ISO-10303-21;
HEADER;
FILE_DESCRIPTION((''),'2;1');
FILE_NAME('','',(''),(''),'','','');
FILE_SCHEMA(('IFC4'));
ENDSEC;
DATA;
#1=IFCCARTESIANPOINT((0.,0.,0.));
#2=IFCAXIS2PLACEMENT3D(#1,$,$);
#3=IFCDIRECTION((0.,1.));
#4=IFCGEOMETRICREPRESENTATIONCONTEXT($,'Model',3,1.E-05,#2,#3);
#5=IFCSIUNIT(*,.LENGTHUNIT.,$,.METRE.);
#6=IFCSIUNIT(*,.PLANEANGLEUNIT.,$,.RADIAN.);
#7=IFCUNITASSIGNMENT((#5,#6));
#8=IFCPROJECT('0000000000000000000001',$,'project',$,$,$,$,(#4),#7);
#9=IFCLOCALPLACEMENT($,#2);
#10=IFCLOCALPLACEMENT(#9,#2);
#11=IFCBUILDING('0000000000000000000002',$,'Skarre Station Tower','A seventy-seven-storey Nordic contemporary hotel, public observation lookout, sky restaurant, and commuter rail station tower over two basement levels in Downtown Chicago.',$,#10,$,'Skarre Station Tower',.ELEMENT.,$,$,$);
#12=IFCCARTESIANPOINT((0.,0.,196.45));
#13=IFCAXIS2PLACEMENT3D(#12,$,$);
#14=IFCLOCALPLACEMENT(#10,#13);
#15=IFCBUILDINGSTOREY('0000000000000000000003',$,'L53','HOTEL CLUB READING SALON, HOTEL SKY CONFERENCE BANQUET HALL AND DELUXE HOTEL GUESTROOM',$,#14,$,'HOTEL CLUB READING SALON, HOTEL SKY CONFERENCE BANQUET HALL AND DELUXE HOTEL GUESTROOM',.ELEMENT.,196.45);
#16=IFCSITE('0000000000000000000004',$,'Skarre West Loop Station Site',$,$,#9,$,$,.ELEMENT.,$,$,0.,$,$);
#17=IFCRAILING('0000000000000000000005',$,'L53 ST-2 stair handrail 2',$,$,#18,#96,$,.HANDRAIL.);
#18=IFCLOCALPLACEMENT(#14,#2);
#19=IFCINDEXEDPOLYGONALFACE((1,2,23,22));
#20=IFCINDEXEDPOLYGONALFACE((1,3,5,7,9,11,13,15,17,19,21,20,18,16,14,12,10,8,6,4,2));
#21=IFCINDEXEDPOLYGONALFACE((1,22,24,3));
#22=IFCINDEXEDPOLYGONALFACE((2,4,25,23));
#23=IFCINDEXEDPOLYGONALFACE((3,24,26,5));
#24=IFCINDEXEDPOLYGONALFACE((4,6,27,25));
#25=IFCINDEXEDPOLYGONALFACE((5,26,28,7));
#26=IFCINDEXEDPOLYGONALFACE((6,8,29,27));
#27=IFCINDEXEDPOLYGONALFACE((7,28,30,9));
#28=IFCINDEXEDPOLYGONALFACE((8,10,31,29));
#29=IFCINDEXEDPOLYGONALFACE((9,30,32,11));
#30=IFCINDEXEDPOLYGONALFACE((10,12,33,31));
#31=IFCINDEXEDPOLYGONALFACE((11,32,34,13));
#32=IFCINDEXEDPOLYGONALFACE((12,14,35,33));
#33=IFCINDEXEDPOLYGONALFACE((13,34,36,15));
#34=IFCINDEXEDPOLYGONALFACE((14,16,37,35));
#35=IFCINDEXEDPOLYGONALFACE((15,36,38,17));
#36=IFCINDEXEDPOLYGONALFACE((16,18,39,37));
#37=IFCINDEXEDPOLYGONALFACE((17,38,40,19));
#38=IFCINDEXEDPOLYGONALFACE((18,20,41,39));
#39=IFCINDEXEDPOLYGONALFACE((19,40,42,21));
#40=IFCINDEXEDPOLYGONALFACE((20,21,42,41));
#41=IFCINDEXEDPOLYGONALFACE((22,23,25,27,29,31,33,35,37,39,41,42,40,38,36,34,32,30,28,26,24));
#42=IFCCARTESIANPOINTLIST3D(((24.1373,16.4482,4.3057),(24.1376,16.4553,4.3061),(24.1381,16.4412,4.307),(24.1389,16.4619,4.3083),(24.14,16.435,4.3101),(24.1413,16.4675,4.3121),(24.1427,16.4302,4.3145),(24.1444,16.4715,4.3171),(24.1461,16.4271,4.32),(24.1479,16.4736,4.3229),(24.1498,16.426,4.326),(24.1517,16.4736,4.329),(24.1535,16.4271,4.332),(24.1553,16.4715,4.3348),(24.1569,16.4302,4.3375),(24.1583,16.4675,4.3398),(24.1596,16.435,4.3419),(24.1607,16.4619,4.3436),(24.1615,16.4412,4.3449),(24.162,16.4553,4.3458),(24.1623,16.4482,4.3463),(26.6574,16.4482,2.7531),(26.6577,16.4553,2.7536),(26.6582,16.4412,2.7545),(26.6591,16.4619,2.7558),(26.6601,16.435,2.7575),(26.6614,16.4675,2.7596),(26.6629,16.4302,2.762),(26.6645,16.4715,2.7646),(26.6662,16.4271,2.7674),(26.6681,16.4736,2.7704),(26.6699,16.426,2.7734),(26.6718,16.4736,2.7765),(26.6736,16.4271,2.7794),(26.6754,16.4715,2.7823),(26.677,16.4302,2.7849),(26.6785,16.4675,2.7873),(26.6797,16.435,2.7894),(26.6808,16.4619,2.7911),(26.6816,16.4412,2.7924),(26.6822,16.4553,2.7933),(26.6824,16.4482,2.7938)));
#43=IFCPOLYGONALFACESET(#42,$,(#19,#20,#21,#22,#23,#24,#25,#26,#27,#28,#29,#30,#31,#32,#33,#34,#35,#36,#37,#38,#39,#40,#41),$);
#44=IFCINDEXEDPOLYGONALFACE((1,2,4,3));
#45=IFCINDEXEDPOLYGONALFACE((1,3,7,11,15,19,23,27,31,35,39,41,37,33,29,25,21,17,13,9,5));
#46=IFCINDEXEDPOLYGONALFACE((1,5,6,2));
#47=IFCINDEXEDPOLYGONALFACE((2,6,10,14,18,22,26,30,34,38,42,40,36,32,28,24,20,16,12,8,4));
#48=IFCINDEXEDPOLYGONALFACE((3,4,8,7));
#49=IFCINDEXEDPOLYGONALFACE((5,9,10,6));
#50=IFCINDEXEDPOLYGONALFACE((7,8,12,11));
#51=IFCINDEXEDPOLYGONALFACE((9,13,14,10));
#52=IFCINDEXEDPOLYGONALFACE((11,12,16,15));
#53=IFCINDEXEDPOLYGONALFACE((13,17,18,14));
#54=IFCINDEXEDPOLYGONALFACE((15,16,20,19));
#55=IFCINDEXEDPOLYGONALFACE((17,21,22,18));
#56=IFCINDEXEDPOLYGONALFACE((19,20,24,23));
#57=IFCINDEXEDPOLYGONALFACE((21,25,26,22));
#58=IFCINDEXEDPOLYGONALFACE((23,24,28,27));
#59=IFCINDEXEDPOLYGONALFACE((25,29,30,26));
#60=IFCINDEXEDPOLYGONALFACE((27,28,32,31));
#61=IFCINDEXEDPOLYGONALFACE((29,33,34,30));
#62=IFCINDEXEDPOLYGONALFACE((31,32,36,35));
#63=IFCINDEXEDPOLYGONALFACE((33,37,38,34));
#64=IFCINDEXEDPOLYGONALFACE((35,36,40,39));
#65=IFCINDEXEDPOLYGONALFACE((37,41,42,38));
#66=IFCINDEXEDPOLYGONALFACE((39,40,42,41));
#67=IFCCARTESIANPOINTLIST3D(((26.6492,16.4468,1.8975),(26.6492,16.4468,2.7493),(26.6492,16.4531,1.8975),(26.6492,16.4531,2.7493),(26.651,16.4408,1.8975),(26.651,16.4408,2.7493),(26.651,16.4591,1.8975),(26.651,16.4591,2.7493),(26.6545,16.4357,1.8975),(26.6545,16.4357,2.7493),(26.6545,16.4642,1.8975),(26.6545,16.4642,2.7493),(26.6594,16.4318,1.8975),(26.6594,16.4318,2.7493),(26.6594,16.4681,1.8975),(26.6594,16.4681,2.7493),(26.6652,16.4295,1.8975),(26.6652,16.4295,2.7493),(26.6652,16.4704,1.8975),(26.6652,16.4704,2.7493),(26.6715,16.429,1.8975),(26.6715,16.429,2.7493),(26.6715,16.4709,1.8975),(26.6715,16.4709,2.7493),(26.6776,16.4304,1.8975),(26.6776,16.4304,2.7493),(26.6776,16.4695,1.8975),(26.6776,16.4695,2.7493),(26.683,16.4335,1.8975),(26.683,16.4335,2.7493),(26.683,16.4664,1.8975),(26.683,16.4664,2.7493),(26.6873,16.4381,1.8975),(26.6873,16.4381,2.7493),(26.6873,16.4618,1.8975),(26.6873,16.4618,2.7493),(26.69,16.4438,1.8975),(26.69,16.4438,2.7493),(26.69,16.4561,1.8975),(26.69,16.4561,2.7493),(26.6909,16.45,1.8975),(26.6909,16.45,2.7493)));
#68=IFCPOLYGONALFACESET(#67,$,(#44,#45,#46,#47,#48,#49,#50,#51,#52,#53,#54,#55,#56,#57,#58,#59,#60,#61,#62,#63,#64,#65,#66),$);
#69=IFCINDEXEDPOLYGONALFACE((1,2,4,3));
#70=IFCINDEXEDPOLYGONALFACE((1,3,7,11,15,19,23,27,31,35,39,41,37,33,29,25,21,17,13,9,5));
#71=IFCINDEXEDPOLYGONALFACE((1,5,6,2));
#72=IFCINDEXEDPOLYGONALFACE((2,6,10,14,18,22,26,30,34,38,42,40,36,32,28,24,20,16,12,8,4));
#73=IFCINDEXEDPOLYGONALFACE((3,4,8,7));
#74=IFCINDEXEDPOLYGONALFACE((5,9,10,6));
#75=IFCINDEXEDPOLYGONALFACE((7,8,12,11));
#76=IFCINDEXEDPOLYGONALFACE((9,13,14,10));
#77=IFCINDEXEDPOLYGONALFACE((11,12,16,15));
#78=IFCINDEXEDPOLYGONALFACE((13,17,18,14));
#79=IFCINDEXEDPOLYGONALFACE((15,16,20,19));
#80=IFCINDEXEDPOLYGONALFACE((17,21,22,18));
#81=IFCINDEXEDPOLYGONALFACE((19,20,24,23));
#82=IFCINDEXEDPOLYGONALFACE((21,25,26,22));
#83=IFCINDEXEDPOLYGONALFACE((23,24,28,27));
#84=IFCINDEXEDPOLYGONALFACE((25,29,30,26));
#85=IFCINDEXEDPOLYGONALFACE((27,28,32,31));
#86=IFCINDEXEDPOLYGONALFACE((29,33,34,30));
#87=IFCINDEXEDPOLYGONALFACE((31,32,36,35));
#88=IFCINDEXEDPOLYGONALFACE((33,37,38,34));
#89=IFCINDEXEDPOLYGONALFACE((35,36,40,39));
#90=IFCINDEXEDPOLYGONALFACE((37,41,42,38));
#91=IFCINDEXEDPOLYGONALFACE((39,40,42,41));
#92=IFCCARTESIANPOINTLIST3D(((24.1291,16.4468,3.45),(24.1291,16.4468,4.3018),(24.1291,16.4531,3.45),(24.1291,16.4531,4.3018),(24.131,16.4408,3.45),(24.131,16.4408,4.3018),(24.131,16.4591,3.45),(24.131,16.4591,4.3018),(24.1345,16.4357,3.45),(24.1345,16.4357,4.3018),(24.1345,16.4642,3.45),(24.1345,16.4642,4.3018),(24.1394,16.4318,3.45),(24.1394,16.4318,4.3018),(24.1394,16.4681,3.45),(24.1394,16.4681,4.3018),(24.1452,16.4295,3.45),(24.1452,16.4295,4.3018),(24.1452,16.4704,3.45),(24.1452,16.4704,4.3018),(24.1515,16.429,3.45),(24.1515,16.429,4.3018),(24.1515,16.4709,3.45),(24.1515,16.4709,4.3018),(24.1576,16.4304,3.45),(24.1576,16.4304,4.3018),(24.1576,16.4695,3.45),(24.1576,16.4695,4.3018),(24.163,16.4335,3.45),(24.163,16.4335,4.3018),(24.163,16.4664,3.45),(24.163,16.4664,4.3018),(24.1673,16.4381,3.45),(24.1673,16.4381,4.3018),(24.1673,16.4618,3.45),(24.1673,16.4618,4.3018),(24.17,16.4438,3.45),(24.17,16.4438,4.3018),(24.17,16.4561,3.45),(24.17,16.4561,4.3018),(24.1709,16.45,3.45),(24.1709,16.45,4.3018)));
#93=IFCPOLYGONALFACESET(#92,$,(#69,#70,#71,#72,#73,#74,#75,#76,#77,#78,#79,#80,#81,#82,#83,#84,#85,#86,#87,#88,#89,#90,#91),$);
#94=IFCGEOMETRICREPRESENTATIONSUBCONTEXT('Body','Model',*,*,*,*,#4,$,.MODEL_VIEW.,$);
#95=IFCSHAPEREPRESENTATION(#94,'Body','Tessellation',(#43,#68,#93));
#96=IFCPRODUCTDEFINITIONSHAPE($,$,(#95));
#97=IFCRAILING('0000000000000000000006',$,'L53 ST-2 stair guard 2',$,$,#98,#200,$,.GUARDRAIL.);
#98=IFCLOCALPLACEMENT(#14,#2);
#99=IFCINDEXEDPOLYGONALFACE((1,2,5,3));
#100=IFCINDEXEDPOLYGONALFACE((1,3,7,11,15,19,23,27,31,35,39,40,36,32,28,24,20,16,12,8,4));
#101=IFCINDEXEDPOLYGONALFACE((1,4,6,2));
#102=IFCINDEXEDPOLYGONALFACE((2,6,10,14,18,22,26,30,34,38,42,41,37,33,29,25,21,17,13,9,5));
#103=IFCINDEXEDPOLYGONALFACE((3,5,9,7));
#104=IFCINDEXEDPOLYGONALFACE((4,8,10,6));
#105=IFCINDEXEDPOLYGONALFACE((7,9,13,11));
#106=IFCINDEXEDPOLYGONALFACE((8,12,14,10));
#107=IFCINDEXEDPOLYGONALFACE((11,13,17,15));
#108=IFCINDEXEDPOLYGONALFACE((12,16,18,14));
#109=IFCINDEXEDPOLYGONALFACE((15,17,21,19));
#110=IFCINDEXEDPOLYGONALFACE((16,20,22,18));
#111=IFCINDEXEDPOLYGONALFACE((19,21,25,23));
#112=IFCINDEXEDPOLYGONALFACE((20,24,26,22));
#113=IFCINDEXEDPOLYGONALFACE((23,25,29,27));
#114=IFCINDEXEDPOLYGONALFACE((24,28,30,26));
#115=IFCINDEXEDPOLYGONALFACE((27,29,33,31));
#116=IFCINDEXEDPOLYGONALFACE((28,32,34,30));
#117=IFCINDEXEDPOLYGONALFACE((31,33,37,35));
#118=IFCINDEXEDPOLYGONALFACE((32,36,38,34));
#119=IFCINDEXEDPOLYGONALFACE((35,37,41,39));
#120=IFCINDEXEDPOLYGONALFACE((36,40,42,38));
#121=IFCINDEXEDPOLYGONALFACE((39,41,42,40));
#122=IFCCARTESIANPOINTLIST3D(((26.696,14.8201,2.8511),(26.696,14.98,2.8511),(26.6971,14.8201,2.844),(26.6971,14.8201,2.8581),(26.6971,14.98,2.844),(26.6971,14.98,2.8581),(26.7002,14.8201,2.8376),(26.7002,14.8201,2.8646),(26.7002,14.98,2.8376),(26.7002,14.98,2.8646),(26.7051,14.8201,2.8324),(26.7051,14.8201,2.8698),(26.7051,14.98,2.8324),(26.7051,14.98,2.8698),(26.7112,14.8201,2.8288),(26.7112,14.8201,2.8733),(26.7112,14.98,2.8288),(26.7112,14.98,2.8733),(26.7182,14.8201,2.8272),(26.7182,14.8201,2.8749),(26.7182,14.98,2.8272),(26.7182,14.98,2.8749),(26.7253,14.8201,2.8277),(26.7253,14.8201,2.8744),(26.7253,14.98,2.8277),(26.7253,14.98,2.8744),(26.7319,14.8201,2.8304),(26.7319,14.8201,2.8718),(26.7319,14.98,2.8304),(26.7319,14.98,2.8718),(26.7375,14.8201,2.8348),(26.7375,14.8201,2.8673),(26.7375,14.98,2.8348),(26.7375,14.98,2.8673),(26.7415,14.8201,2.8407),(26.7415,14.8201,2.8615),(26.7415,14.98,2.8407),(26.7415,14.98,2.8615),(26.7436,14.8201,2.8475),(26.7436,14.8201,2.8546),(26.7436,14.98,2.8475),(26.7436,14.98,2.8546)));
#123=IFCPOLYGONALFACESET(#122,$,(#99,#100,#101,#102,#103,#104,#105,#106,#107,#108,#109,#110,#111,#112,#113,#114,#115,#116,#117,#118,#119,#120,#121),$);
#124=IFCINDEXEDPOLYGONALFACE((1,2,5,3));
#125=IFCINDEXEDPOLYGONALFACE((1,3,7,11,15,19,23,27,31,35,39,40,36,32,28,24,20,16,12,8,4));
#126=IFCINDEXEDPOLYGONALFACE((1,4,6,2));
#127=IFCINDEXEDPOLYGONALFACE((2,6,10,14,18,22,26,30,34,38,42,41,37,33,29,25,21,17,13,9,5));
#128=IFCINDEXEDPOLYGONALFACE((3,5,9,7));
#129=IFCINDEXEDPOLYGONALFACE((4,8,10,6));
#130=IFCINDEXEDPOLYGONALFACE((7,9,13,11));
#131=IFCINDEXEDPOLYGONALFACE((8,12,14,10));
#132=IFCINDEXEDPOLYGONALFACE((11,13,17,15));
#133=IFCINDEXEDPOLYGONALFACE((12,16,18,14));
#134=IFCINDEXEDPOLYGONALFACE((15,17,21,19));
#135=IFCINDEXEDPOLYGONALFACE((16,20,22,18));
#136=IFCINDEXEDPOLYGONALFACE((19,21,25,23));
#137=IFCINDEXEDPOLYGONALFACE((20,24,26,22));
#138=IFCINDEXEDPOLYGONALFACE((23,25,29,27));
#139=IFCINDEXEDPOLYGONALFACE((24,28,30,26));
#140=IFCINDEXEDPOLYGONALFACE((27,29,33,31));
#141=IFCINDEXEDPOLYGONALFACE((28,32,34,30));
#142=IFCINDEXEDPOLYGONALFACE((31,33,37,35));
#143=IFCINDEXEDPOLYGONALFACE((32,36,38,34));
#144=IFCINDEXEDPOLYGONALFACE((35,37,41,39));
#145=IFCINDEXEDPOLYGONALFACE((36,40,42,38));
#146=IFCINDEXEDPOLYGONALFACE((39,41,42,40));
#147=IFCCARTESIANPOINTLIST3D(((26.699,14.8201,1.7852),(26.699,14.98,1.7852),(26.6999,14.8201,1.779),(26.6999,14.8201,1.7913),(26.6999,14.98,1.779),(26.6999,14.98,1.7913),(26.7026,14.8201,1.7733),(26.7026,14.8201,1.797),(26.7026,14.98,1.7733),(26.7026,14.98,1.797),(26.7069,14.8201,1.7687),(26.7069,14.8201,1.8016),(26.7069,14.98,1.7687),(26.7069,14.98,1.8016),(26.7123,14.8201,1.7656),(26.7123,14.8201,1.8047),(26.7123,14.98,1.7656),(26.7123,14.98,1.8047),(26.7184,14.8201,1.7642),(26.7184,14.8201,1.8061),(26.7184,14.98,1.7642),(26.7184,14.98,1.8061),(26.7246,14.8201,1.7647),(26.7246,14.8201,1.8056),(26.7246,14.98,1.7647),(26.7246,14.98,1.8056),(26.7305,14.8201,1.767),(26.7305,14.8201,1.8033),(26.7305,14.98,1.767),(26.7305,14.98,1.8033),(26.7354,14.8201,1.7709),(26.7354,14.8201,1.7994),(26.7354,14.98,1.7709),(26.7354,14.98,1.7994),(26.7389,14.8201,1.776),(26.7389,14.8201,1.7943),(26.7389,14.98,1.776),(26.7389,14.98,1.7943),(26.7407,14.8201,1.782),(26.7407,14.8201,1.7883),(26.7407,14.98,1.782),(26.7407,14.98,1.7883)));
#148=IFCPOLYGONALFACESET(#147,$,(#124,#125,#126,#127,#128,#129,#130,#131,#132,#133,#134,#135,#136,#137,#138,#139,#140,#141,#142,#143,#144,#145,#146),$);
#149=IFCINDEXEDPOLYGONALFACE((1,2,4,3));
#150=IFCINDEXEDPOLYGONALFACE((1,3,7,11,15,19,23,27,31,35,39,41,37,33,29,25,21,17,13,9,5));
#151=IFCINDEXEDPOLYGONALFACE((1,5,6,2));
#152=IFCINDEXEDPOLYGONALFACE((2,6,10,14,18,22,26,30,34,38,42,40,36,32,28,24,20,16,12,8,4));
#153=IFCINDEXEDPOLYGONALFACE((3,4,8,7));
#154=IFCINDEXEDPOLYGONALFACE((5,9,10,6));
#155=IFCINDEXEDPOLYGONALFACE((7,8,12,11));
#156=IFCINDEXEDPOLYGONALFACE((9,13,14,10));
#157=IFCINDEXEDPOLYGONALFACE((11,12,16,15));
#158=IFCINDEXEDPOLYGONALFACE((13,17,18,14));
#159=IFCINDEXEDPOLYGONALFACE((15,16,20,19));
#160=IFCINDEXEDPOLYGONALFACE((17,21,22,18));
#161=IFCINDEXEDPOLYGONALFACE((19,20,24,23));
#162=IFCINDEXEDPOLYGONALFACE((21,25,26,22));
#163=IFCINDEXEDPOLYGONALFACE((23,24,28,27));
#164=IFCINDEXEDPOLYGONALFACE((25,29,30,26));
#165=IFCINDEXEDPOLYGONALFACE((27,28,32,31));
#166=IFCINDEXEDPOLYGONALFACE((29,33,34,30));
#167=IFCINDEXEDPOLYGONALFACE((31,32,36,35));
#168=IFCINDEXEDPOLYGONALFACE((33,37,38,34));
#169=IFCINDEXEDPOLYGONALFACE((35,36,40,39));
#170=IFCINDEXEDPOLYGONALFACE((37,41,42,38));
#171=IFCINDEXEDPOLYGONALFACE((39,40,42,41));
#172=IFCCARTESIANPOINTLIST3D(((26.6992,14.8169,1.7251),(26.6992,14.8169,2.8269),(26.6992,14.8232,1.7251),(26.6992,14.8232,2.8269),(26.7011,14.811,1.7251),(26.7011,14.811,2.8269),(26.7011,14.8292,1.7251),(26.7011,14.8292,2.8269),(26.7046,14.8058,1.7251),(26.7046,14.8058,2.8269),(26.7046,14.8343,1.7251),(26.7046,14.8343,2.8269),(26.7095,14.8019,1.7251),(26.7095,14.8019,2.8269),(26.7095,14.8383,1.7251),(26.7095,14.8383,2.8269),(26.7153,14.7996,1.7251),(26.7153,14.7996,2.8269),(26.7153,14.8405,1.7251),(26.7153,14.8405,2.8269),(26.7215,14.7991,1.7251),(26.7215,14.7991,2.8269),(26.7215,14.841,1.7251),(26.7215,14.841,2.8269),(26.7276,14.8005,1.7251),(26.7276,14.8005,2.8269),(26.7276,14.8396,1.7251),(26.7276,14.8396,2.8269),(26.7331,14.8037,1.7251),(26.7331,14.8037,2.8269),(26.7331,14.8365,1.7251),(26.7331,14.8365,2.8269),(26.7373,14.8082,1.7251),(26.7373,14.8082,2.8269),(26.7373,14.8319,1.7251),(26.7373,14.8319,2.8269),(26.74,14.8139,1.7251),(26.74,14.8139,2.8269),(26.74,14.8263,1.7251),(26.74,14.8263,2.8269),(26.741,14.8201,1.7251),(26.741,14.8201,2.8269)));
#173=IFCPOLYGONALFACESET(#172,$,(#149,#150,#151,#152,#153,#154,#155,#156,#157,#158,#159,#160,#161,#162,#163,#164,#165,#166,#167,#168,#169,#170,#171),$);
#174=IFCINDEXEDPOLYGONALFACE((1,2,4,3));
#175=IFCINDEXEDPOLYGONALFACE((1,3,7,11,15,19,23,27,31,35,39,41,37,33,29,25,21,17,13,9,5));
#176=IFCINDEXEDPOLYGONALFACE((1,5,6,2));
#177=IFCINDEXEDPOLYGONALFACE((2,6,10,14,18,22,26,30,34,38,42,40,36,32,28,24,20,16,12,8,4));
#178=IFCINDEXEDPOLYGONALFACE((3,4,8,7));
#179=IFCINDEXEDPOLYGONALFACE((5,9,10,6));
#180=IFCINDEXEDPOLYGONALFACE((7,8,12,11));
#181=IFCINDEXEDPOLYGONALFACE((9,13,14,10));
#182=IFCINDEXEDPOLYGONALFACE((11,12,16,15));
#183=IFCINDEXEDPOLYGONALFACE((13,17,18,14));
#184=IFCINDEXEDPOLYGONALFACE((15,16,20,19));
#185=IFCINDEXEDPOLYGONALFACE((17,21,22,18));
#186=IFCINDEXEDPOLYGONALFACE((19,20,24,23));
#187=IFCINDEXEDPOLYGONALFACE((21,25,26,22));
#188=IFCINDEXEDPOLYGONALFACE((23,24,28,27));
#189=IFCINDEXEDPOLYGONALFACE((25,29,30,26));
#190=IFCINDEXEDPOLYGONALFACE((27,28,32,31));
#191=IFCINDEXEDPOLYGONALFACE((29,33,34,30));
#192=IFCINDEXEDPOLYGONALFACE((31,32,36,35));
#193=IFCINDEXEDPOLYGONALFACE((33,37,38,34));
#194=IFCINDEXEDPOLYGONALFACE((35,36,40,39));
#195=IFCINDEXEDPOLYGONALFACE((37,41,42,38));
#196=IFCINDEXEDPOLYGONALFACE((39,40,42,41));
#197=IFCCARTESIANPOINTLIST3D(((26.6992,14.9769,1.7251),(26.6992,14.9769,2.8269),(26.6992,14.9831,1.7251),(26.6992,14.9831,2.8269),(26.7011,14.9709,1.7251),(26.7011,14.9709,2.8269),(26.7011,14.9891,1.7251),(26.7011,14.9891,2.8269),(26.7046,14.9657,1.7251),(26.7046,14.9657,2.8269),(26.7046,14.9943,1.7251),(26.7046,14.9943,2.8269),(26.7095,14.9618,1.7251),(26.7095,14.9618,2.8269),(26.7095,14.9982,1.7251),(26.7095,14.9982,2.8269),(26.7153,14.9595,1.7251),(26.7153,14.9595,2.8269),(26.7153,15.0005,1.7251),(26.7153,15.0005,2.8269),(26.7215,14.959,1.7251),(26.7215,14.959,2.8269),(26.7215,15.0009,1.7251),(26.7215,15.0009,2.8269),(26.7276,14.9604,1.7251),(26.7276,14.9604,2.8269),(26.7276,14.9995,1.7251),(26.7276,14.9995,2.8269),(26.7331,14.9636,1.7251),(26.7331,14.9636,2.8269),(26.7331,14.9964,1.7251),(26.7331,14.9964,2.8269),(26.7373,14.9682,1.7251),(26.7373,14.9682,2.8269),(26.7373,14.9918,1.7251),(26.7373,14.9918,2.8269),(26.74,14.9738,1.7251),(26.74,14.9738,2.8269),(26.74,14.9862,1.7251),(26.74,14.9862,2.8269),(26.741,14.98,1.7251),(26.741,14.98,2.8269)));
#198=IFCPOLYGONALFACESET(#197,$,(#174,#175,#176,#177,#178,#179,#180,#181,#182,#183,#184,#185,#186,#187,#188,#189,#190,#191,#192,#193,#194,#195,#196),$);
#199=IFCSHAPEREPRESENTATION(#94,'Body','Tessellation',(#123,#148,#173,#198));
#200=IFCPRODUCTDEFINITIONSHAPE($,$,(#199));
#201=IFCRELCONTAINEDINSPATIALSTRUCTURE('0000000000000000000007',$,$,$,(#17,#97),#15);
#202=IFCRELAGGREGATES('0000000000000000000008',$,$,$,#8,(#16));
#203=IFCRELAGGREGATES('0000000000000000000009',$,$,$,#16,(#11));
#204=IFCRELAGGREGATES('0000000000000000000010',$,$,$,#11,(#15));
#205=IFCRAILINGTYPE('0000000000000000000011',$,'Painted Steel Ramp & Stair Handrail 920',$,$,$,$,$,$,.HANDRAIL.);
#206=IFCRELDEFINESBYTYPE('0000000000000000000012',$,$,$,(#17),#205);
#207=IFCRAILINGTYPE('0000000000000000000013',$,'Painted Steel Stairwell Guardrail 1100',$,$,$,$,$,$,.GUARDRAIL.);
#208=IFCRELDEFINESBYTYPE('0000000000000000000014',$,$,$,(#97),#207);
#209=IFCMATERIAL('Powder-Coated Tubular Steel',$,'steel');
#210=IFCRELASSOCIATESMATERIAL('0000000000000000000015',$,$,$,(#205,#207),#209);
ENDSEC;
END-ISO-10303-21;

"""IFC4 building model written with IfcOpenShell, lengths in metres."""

from ifc_helpers import new_model, si_unit, direction, frame, origin, origin_2d, place, context, subcontext, project, spatial, circle, extrude, material, type_object, element, save


model = new_model("IFC4")

# Units and contexts
model_context = context("Model", 3, precision=1e-05, world=origin(), true_north=direction((0.0, 1.0)))
body_context = subcontext(model_context, "Body", "Model", "MODEL_VIEW")
ifc_project = project(units=[si_unit("LENGTHUNIT", "METRE"), si_unit("PLANEANGLEUNIT", "RADIAN")], contexts=[model_context])

# Site, building, storey
site_placement = place(None, origin())
site = spatial("IfcSite", under=ifc_project, at=site_placement, Name="Skarre West Loop Station Site", CompositionType="ELEMENT", RefElevation=0.0)
building_placement = place(site_placement, origin())
building = spatial("IfcBuilding", under=site, at=building_placement, Name="Skarre Station Tower", Description="A seventy-seven-storey Nordic contemporary hotel, public observation lookout, sky restaurant, and commuter rail station tower over two basement levels in Downtown Chicago.", LongName="Skarre Station Tower", CompositionType="ELEMENT")
storey_placement = place(building_placement, frame((0.0, 0.0, 196.45)))
storey = spatial("IfcBuildingStorey", under=building, at=storey_placement, Name="L53", Description="HOTEL CLUB READING SALON, HOTEL SKY CONFERENCE BANQUET HALL AND DELUXE HOTEL GUESTROOM", LongName="HOTEL CLUB READING SALON, HOTEL SKY CONFERENCE BANQUET HALL AND DELUXE HOTEL GUESTROOM", CompositionType="ELEMENT", Elevation=196.45)

# Railings
ifc_material_1 = material(Name="Powder-Coated Tubular Steel", Category="steel")
railing_type_1 = type_object("IfcRailingType", Name="Painted Steel Ramp & Stair Handrail 920", PredefinedType="HANDRAIL", material=ifc_material_1)
railing_1_placement = place(storey_placement, frame((26.6699, 16.45, 1.8975)))
element("IfcRailing", 1, at=railing_1_placement, inside=storey, type_object=railing_type_1, Name="L53 ST-2 stair handrail 2", PredefinedType="HANDRAIL", context=body_context, shape_type="SweptSolid", body=[
    extrude(circle(Radius=0.0239, at=origin_2d()), frame((0.0, 0.0, 0.876), z_axis=(-0.8514, 0.0, 0.524516), x_axis=(0.0, -1.0, 0.0)), (0.0, 0.0, 1.0), 2.96),
    extrude(circle(Radius=0.021, at=origin_2d()), origin(), (0.0, 0.0, 1.0), 0.8518),
    extrude(circle(Radius=0.021, at=origin_2d()), frame((-2.52, 0.0, 1.5525)), (0.0, 0.0, 1.0), 0.8518),
])
railing_type_2 = type_object("IfcRailingType", Name="Painted Steel Stairwell Guardrail 1100", PredefinedType="GUARDRAIL", material=ifc_material_1)
railing_2_placement = place(storey_placement, frame((26.72, 14.8201, 1.7251)))
element("IfcRailing", 2, at=railing_2_placement, inside=storey, type_object=railing_type_2, Name="L53 ST-2 stair guard 2", PredefinedType="GUARDRAIL", context=body_context, shape_type="SweptSolid", body=[
    extrude(circle(Radius=0.0239, at=origin_2d()), frame((0.0, 0.0, 1.126), z_axis=(0.0, 1.0, 0.0), x_axis=(-1.0, 0.0, 0.0)), (0.0, 0.0, 1.0), 0.1599),
    extrude(circle(Radius=0.021, at=origin_2d()), frame((0.0, 0.0, 0.0601), z_axis=(0.0, 1.0, 0.0), x_axis=(-1.0, 0.0, 0.0)), (0.0, 0.0, 1.0), 0.1599),
    extrude(circle(Radius=0.021, at=origin_2d()), origin(), (0.0, 0.0, 1.0), 1.1018),
    extrude(circle(Radius=0.021, at=origin_2d()), frame((0.0, 0.1599, 0.0)), (0.0, 0.0, 1.0), 1.1018),
])

save(model, "model.ifc")
